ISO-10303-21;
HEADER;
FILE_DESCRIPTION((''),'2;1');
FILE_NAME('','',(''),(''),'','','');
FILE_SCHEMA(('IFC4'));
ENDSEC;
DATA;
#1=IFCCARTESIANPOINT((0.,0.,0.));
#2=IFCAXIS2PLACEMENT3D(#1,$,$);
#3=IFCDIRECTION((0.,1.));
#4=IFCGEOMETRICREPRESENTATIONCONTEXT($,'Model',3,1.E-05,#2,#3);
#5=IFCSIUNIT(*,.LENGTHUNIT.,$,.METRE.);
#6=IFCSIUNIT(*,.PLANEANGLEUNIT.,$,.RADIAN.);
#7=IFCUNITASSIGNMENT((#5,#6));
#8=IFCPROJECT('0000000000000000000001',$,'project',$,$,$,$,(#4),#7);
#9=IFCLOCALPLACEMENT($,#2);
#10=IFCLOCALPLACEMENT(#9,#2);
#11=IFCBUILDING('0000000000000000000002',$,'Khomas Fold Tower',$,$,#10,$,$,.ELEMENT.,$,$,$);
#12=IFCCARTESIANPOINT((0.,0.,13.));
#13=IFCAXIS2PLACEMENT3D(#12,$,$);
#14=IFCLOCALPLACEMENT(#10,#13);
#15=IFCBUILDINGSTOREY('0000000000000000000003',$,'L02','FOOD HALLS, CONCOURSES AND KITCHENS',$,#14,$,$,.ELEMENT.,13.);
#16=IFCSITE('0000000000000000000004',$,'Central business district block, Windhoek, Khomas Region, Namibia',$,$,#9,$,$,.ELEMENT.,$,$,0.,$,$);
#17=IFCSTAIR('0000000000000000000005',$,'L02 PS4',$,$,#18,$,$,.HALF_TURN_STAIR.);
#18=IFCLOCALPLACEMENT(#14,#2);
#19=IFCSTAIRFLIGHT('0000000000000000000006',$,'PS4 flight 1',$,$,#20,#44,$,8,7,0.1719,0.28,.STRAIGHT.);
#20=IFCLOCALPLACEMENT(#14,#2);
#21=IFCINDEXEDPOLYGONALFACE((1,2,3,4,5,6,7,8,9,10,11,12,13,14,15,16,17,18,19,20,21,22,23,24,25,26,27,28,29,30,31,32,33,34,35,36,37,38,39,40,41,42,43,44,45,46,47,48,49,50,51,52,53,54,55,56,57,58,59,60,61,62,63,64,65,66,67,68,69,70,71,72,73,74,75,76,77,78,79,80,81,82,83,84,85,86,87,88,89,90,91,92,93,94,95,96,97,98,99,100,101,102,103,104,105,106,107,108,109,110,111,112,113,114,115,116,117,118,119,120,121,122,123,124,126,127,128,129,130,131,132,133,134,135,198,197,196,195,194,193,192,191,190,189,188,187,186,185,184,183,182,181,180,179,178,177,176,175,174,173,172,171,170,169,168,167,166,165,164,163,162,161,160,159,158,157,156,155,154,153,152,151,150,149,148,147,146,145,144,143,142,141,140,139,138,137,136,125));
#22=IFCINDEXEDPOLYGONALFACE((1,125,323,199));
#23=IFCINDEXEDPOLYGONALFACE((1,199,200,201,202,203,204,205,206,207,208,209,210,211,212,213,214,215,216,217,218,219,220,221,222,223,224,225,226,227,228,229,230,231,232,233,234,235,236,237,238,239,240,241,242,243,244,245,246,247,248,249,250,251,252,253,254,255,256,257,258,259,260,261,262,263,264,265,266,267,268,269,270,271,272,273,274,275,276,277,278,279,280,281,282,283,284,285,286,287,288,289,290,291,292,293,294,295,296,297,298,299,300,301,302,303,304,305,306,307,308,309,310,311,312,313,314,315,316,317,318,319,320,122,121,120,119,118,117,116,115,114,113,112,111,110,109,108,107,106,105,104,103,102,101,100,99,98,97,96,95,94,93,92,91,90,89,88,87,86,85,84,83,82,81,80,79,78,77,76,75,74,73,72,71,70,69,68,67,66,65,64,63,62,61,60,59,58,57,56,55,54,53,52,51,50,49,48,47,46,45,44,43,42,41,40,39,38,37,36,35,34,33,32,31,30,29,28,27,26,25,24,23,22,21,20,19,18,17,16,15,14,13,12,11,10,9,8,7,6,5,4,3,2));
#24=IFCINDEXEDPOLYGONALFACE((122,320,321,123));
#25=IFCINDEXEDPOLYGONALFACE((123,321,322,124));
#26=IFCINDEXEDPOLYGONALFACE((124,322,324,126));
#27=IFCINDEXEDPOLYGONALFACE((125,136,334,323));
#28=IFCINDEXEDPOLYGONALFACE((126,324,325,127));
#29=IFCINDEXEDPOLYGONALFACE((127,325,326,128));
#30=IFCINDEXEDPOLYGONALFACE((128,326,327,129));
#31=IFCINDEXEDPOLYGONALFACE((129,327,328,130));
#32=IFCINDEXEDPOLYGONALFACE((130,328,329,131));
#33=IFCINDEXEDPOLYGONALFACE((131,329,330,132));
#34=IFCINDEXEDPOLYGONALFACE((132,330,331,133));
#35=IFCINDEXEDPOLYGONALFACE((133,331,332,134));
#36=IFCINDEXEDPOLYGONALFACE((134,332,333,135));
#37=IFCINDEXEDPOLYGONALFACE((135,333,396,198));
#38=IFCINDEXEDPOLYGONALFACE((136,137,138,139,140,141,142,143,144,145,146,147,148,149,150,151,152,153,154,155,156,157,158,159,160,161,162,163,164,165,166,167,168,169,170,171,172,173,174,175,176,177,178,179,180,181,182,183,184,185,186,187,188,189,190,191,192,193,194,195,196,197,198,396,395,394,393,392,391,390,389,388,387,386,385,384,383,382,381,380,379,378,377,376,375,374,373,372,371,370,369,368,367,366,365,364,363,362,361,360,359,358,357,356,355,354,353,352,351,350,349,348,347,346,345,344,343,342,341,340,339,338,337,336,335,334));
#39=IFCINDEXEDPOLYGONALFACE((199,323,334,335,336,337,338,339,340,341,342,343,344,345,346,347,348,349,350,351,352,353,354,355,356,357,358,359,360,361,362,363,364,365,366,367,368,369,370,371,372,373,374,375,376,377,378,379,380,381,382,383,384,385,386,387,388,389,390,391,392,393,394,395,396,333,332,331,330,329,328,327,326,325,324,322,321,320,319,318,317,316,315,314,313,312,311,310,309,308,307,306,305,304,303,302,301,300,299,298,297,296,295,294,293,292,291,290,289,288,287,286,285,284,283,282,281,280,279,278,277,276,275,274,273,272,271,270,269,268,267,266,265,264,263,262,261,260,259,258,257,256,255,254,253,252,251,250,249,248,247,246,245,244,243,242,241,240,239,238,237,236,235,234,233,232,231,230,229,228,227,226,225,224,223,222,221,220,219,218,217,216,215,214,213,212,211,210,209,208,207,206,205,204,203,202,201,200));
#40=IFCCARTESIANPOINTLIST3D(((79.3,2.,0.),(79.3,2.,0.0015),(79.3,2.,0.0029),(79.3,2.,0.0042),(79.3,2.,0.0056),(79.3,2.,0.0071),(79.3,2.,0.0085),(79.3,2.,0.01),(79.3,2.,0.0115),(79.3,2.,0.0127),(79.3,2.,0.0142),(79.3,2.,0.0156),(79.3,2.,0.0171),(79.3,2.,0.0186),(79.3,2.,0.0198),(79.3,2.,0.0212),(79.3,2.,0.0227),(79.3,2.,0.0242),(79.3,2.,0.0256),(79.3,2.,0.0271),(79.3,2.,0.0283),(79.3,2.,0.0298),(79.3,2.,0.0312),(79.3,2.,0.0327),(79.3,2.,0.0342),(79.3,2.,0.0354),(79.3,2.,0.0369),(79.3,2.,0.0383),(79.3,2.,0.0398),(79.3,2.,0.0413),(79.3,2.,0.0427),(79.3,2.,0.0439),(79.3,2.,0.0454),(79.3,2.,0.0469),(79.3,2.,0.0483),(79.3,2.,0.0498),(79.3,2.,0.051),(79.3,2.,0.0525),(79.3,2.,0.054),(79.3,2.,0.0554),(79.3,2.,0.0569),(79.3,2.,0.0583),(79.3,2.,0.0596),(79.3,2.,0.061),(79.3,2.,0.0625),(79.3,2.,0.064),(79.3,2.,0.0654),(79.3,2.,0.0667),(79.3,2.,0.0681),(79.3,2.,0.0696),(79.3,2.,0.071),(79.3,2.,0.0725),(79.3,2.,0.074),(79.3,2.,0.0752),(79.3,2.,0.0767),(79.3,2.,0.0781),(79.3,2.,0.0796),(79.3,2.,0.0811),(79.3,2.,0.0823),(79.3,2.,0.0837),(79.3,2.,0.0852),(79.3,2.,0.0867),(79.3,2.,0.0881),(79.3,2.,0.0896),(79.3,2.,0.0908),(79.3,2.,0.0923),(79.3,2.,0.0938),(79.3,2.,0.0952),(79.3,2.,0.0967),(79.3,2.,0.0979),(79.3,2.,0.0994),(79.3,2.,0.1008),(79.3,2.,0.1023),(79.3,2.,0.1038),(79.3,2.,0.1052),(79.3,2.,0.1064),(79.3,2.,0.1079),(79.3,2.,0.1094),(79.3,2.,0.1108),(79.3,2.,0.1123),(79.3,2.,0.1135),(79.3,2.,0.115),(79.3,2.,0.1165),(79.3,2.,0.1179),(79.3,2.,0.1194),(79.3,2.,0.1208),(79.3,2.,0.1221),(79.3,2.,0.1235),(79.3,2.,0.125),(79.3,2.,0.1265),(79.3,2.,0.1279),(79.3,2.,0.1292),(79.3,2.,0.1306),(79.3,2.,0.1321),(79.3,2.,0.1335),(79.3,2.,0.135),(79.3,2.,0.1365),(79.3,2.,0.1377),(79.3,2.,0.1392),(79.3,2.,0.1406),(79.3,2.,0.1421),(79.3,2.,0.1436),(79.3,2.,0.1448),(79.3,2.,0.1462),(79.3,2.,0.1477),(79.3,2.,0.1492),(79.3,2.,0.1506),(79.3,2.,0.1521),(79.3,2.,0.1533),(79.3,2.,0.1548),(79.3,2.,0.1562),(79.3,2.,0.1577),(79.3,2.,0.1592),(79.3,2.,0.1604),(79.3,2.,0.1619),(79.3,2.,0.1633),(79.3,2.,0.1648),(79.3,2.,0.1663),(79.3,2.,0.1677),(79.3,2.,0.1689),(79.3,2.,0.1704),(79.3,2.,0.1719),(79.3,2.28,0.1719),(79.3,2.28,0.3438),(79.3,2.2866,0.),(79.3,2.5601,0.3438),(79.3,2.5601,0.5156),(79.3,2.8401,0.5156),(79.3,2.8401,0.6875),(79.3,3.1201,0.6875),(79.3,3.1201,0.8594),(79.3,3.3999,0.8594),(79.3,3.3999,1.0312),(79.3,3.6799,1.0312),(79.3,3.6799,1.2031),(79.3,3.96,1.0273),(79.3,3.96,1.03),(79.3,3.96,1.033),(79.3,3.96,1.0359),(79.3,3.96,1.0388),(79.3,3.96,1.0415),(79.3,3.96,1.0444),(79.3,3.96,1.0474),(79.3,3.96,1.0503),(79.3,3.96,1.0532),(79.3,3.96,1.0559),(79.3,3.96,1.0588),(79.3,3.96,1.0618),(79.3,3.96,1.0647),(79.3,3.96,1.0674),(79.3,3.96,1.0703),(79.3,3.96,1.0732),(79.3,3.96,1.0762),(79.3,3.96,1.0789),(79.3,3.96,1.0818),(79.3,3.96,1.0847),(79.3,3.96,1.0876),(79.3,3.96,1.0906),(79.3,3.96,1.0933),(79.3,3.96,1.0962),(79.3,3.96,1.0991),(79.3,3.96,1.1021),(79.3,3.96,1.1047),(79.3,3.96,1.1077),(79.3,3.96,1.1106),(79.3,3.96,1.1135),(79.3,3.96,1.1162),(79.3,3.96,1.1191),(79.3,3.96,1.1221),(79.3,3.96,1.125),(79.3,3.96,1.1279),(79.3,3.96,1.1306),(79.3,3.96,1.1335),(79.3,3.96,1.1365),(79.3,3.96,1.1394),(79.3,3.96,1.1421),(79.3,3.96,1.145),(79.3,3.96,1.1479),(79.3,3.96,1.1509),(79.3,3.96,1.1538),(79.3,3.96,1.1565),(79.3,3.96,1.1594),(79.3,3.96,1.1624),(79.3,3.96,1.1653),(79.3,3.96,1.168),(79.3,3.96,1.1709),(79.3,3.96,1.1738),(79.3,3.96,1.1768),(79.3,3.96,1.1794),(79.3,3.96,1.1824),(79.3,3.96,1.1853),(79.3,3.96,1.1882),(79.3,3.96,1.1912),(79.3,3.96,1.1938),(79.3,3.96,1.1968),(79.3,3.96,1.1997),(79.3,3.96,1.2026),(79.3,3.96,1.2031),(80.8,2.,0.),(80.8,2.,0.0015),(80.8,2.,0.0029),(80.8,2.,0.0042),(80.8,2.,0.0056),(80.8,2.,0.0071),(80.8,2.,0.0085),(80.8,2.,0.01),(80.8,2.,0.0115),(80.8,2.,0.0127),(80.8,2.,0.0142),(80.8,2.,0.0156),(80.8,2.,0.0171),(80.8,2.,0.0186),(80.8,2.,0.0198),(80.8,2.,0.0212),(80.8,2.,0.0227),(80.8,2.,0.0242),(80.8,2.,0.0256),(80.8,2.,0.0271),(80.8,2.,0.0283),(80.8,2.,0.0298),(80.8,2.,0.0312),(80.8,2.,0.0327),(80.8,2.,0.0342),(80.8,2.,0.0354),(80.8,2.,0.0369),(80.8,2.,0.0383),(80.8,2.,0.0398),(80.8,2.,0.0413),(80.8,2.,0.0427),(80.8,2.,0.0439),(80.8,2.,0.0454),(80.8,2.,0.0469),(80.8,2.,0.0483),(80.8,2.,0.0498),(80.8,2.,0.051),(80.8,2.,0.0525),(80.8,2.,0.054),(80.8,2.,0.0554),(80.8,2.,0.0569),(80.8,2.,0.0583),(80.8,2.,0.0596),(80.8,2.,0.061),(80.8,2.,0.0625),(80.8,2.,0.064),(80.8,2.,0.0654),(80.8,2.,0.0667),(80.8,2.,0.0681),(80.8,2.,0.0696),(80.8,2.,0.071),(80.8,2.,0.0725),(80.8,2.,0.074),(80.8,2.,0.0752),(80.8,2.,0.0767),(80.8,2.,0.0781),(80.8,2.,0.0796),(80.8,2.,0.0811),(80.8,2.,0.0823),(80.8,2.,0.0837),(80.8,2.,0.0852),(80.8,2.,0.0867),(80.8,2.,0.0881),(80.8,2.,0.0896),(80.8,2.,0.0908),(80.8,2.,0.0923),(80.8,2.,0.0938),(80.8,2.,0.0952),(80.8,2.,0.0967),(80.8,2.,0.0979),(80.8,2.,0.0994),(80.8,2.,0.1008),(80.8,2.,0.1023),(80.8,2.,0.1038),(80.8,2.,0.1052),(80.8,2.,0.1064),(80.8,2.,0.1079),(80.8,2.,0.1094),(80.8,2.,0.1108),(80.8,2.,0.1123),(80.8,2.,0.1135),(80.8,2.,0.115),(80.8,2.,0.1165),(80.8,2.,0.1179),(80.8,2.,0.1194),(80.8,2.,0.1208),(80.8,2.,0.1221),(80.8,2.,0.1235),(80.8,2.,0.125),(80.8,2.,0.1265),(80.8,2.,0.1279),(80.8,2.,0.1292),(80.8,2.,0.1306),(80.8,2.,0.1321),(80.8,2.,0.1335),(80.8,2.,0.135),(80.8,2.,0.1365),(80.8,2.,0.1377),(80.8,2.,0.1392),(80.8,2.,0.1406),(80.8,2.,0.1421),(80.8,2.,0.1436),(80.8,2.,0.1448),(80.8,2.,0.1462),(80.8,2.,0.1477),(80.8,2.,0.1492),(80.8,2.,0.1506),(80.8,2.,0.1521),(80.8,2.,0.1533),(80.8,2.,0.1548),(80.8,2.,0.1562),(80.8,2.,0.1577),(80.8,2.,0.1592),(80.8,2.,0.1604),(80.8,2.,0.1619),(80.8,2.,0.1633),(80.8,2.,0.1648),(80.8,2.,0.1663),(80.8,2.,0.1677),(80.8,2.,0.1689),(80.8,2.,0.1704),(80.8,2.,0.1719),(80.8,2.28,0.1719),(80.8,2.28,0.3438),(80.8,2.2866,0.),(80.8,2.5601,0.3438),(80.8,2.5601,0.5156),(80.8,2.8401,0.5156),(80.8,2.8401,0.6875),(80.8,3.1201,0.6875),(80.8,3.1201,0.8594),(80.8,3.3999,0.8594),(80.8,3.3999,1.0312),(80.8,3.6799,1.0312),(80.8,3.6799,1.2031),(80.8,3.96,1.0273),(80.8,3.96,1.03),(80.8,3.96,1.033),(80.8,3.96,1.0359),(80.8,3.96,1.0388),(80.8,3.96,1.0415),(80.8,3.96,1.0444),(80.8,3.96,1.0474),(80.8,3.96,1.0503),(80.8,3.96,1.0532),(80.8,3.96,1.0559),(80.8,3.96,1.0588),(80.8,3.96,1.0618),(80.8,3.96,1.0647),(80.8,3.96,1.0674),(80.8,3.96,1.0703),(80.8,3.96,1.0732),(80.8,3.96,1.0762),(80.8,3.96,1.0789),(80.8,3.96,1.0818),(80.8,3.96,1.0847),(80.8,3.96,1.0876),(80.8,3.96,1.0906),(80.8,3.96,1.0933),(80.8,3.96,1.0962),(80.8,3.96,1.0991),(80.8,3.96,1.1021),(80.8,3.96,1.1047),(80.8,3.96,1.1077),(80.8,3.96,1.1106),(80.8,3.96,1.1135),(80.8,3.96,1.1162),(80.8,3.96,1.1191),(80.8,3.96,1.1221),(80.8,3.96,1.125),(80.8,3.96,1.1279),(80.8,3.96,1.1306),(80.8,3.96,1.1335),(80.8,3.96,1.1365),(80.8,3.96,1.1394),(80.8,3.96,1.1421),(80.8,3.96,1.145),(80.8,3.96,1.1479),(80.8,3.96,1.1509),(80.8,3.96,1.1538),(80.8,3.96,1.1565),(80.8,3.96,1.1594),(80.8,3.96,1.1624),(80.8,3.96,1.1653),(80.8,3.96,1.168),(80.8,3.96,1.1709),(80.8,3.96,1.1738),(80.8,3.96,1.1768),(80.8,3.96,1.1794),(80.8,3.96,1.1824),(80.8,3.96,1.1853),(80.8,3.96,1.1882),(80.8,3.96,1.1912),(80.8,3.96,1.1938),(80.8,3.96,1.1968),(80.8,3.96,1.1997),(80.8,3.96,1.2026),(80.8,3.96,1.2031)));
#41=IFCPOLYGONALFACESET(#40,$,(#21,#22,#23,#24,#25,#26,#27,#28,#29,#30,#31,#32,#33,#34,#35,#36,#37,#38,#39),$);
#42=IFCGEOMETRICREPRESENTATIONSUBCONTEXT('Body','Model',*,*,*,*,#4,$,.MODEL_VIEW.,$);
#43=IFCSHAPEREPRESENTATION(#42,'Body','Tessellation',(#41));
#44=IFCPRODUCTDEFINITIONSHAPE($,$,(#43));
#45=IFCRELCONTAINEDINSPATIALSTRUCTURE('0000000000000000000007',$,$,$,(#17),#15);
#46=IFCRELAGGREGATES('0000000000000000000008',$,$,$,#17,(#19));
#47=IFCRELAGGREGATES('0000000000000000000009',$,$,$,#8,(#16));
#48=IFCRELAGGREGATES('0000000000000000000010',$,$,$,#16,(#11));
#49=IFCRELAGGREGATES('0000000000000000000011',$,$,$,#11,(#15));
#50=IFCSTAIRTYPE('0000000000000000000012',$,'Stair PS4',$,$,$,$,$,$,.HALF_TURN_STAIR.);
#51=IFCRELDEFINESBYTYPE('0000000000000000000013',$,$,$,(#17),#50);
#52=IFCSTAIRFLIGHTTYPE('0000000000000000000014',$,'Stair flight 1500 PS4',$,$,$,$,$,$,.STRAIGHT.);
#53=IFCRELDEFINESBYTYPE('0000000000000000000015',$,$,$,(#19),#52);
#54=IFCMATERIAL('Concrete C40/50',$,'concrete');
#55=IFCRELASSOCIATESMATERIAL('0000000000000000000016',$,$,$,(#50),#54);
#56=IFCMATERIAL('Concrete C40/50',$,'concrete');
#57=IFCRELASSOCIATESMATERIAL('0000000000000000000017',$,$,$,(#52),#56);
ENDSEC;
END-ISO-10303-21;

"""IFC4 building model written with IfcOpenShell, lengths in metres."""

from ifc_helpers import new_model, si_unit, direction, frame, origin, place, context, subcontext, project, spatial, polyline, outline, extrude, source, transform, mapped, material, type_object, element, aggregate, save


model = new_model("IFC4")

# Units and contexts
model_context = context("Model", 3, precision=1e-05, world=origin(), true_north=direction((0.0, 1.0)))
body_context = subcontext(model_context, "Body", "Model", "MODEL_VIEW")
ifc_project = project(units=[si_unit("LENGTHUNIT", "METRE"), si_unit("PLANEANGLEUNIT", "RADIAN")], contexts=[model_context])

# Site, building, storey
site_placement = place(None, origin())
site = spatial("IfcSite", under=ifc_project, at=site_placement, Name="Central business district block, Windhoek, Khomas Region, Namibia", CompositionType="ELEMENT", RefElevation=0.0)
building_placement = place(site_placement, origin())
building = spatial("IfcBuilding", under=site, at=building_placement, Name="Khomas Fold Tower", CompositionType="ELEMENT")
storey_placement = place(building_placement, frame((0.0, 0.0, 13.0)))
storey = spatial("IfcBuildingStorey", under=building, at=storey_placement, Name="L02", Description="FOOD HALLS, CONCOURSES AND KITCHENS", CompositionType="ELEMENT", Elevation=13.0)

# Stair, stair flight
shared_shape_1 = source(origin(), body_context, "Body", "SweptSolid", [
    extrude(outline(polyline([(0.0, 0.0), (0.0, 0.0015), (0.0, 0.0029), (0.0, 0.0042), (0.0, 0.0056), (0.0, 0.0071), (0.0, 0.0085), (0.0, 0.01), (0.0, 0.0115), (0.0, 0.0127), (0.0, 0.0142), (0.0, 0.0156), (0.0, 0.0171), (0.0, 0.0186), (0.0, 0.0198), (0.0, 0.0212), (0.0, 0.0227), (0.0, 0.0242), (0.0, 0.0256), (0.0, 0.0271), (0.0, 0.0283), (0.0, 0.0298), (0.0, 0.0312), (0.0, 0.0327), (0.0, 0.0342), (0.0, 0.0354), (0.0, 0.0369), (0.0, 0.0383), (0.0, 0.0398), (0.0, 0.0413), (0.0, 0.0427), (0.0, 0.0439), (0.0, 0.0454), (0.0, 0.0469), (0.0, 0.0483), (0.0, 0.0498), (0.0, 0.051), (0.0, 0.0525), (0.0, 0.054), (0.0, 0.0554), (0.0, 0.0569), (0.0, 0.0583), (0.0, 0.0596), (0.0, 0.061), (0.0, 0.0625), (0.0, 0.064), (0.0, 0.0654), (0.0, 0.0667), (0.0, 0.0681), (0.0, 0.0696), (0.0, 0.071), (0.0, 0.0725), (0.0, 0.074), (0.0, 0.0752), (0.0, 0.0767), (0.0, 0.0781), (0.0, 0.0796), (0.0, 0.0811), (0.0, 0.0823), (0.0, 0.0837), (0.0, 0.0852), (0.0, 0.0867), (0.0, 0.0881), (0.0, 0.0896), (0.0, 0.0908), (0.0, 0.0923), (0.0, 0.0938), (0.0, 0.0952), (0.0, 0.0967), (0.0, 0.0979), (0.0, 0.0994), (0.0, 0.1008), (0.0, 0.1023), (0.0, 0.1038), (0.0, 0.1052), (0.0, 0.1064), (0.0, 0.1079), (0.0, 0.1094), (0.0, 0.1108), (0.0, 0.1123), (0.0, 0.1135), (0.0, 0.115), (0.0, 0.1165), (0.0, 0.1179), (0.0, 0.1194), (0.0, 0.1208), (0.0, 0.1221), (0.0, 0.1235), (0.0, 0.125), (0.0, 0.1265), (0.0, 0.1279), (0.0, 0.1292), (0.0, 0.1306), (0.0, 0.1321), (0.0, 0.1335), (0.0, 0.135), (0.0, 0.1365), (0.0, 0.1377), (0.0, 0.1392), (0.0, 0.1406), (0.0, 0.1421), (0.0, 0.1436), (0.0, 0.1448), (0.0, 0.1462), (0.0, 0.1477), (0.0, 0.1492), (0.0, 0.1506), (0.0, 0.1521), (0.0, 0.1533), (0.0, 0.1548), (0.0, 0.1562), (0.0, 0.1577), (0.0, 0.1592), (0.0, 0.1604), (0.0, 0.1619), (0.0, 0.1633), (0.0, 0.1648), (0.0, 0.1663), (0.0, 0.1677), (0.0, 0.1689), (0.0, 0.1704), (0.0, 0.1719), (0.28, 0.1719), (0.28, 0.3438), (0.5601, 0.3438), (0.5601, 0.5156), (0.8401, 0.5156), (0.8401, 0.6875), (1.1201, 0.6875), (1.1201, 0.8594), (1.3999, 0.8594), (1.3999, 1.0312), (1.6799, 1.0312), (1.6799, 1.2031), (1.96, 1.2031), (1.96, 1.375), (1.96, 1.3721), (1.96, 1.3691), (1.96, 1.3665), (1.96, 1.3635), (1.96, 1.3606), (1.96, 1.3577), (1.96, 1.355), (1.96, 1.3521), (1.96, 1.3491), (1.96, 1.3462), (1.96, 1.3435), (1.96, 1.3406), (1.96, 1.3376), (1.96, 1.3347), (1.96, 1.3318), (1.96, 1.3291), (1.96, 1.3262), (1.96, 1.3232), (1.96, 1.3203), (1.96, 1.3176), (1.96, 1.3147), (1.96, 1.3118), (1.96, 1.3088), (1.96, 1.3059), (1.96, 1.3032), (1.96, 1.3003), (1.96, 1.2974), (1.96, 1.2944), (1.96, 1.2917), (1.96, 1.2888), (1.96, 1.2859), (1.96, 1.283), (1.96, 1.2803), (1.96, 1.2773), (1.96, 1.2744), (1.96, 1.2715), (1.96, 1.2686), (1.96, 1.2659), (1.96, 1.2629), (1.96, 1.26), (1.96, 1.2571), (1.96, 1.2544), (1.96, 1.2515), (1.96, 1.2485), (1.96, 1.2456), (1.96, 1.2427), (1.96, 1.24), (1.96, 1.2371), (1.96, 1.2341), (1.96, 1.2312), (1.96, 1.2285), (1.96, 1.2256), (1.96, 1.2227), (1.96, 1.2197), (1.96, 1.217), (1.96, 1.2141), (1.96, 1.2112), (1.96, 1.2083), (1.96, 1.2053), (1.96, 1.2026), (1.96, 1.1997), (1.96, 1.1968), (1.96, 1.1938), (1.96, 1.1912), (1.96, 1.1882), (1.96, 1.1853), (1.96, 1.1824), (1.96, 1.1794), (1.96, 1.1768), (1.96, 1.1738), (1.96, 1.1709), (1.96, 1.168), (1.96, 1.1653), (1.96, 1.1624), (1.96, 1.1594), (1.96, 1.1565), (1.96, 1.1538), (1.96, 1.1509), (1.96, 1.1479), (1.96, 1.145), (1.96, 1.1421), (1.96, 1.1394), (1.96, 1.1365), (1.96, 1.1335), (1.96, 1.1306), (1.96, 1.1279), (1.96, 1.125), (1.96, 1.1221), (1.96, 1.1191), (1.96, 1.1162), (1.96, 1.1135), (1.96, 1.1106), (1.96, 1.1077), (1.96, 1.1047), (1.96, 1.1021), (1.96, 1.0991), (1.96, 1.0962), (1.96, 1.0933), (1.96, 1.0906), (1.96, 1.0876), (1.96, 1.0847), (1.96, 1.0818), (1.96, 1.0789), (1.96, 1.0762), (1.96, 1.0732), (1.96, 1.0703), (1.96, 1.0674), (1.96, 1.0647), (1.96, 1.0618), (1.96, 1.0588), (1.96, 1.0559), (1.96, 1.0532), (1.96, 1.0503), (1.96, 1.0474), (1.96, 1.0444), (1.96, 1.0415), (1.96, 1.0388), (1.96, 1.0359), (1.96, 1.033), (1.96, 1.03), (1.96, 1.0273), (0.2866, 0.0), (0.0, 0.0)])), frame((0.0, 0.75, 0.0), z_axis=(0.0, -1.0, 0.0), x_axis=(1.0, 0.0, 0.0)), (0.0, 0.0, 1.0), 1.5),
])
ifc_material_1 = material(Name="Concrete C40/50", Category="concrete")
stair_type_1 = type_object("IfcStairType", Name="Stair PS4", PredefinedType="HALF_TURN_STAIR", material=ifc_material_1)
stair_1_placement = place(storey_placement, origin())
stair_1 = element("IfcStair", 1, at=stair_1_placement, inside=storey, type_object=stair_type_1, Name="L02 PS4", PredefinedType="HALF_TURN_STAIR")
ifc_material_2 = material(Name="Concrete C40/50", Category="concrete")
stair_flight_type_1 = type_object("IfcStairFlightType", Name="Stair flight 1500 PS4", PredefinedType="STRAIGHT", material=ifc_material_2)
stair_flight_1_placement = place(storey_placement, frame((80.05, 2.0, 0.0), z_axis=(0.0, 0.0, 1.0), x_axis=(0.0, 1.0, 0.0)))
stair_flight_1 = element("IfcStairFlight", 2, at=stair_flight_1_placement, type_object=stair_flight_type_1, Name="PS4 flight 1", NumberOfRisers=8, NumberOfTreads=7, PredefinedType="STRAIGHT", RiserHeight=0.1719, TreadLength=0.28, context=body_context, shape_type="MappedRepresentation", body=[
    mapped(shared_shape_1, transform((0.0, 0.0, 0.0))),
])
aggregate(stair_1, [stair_flight_1])

save(model, "model.ifc")
